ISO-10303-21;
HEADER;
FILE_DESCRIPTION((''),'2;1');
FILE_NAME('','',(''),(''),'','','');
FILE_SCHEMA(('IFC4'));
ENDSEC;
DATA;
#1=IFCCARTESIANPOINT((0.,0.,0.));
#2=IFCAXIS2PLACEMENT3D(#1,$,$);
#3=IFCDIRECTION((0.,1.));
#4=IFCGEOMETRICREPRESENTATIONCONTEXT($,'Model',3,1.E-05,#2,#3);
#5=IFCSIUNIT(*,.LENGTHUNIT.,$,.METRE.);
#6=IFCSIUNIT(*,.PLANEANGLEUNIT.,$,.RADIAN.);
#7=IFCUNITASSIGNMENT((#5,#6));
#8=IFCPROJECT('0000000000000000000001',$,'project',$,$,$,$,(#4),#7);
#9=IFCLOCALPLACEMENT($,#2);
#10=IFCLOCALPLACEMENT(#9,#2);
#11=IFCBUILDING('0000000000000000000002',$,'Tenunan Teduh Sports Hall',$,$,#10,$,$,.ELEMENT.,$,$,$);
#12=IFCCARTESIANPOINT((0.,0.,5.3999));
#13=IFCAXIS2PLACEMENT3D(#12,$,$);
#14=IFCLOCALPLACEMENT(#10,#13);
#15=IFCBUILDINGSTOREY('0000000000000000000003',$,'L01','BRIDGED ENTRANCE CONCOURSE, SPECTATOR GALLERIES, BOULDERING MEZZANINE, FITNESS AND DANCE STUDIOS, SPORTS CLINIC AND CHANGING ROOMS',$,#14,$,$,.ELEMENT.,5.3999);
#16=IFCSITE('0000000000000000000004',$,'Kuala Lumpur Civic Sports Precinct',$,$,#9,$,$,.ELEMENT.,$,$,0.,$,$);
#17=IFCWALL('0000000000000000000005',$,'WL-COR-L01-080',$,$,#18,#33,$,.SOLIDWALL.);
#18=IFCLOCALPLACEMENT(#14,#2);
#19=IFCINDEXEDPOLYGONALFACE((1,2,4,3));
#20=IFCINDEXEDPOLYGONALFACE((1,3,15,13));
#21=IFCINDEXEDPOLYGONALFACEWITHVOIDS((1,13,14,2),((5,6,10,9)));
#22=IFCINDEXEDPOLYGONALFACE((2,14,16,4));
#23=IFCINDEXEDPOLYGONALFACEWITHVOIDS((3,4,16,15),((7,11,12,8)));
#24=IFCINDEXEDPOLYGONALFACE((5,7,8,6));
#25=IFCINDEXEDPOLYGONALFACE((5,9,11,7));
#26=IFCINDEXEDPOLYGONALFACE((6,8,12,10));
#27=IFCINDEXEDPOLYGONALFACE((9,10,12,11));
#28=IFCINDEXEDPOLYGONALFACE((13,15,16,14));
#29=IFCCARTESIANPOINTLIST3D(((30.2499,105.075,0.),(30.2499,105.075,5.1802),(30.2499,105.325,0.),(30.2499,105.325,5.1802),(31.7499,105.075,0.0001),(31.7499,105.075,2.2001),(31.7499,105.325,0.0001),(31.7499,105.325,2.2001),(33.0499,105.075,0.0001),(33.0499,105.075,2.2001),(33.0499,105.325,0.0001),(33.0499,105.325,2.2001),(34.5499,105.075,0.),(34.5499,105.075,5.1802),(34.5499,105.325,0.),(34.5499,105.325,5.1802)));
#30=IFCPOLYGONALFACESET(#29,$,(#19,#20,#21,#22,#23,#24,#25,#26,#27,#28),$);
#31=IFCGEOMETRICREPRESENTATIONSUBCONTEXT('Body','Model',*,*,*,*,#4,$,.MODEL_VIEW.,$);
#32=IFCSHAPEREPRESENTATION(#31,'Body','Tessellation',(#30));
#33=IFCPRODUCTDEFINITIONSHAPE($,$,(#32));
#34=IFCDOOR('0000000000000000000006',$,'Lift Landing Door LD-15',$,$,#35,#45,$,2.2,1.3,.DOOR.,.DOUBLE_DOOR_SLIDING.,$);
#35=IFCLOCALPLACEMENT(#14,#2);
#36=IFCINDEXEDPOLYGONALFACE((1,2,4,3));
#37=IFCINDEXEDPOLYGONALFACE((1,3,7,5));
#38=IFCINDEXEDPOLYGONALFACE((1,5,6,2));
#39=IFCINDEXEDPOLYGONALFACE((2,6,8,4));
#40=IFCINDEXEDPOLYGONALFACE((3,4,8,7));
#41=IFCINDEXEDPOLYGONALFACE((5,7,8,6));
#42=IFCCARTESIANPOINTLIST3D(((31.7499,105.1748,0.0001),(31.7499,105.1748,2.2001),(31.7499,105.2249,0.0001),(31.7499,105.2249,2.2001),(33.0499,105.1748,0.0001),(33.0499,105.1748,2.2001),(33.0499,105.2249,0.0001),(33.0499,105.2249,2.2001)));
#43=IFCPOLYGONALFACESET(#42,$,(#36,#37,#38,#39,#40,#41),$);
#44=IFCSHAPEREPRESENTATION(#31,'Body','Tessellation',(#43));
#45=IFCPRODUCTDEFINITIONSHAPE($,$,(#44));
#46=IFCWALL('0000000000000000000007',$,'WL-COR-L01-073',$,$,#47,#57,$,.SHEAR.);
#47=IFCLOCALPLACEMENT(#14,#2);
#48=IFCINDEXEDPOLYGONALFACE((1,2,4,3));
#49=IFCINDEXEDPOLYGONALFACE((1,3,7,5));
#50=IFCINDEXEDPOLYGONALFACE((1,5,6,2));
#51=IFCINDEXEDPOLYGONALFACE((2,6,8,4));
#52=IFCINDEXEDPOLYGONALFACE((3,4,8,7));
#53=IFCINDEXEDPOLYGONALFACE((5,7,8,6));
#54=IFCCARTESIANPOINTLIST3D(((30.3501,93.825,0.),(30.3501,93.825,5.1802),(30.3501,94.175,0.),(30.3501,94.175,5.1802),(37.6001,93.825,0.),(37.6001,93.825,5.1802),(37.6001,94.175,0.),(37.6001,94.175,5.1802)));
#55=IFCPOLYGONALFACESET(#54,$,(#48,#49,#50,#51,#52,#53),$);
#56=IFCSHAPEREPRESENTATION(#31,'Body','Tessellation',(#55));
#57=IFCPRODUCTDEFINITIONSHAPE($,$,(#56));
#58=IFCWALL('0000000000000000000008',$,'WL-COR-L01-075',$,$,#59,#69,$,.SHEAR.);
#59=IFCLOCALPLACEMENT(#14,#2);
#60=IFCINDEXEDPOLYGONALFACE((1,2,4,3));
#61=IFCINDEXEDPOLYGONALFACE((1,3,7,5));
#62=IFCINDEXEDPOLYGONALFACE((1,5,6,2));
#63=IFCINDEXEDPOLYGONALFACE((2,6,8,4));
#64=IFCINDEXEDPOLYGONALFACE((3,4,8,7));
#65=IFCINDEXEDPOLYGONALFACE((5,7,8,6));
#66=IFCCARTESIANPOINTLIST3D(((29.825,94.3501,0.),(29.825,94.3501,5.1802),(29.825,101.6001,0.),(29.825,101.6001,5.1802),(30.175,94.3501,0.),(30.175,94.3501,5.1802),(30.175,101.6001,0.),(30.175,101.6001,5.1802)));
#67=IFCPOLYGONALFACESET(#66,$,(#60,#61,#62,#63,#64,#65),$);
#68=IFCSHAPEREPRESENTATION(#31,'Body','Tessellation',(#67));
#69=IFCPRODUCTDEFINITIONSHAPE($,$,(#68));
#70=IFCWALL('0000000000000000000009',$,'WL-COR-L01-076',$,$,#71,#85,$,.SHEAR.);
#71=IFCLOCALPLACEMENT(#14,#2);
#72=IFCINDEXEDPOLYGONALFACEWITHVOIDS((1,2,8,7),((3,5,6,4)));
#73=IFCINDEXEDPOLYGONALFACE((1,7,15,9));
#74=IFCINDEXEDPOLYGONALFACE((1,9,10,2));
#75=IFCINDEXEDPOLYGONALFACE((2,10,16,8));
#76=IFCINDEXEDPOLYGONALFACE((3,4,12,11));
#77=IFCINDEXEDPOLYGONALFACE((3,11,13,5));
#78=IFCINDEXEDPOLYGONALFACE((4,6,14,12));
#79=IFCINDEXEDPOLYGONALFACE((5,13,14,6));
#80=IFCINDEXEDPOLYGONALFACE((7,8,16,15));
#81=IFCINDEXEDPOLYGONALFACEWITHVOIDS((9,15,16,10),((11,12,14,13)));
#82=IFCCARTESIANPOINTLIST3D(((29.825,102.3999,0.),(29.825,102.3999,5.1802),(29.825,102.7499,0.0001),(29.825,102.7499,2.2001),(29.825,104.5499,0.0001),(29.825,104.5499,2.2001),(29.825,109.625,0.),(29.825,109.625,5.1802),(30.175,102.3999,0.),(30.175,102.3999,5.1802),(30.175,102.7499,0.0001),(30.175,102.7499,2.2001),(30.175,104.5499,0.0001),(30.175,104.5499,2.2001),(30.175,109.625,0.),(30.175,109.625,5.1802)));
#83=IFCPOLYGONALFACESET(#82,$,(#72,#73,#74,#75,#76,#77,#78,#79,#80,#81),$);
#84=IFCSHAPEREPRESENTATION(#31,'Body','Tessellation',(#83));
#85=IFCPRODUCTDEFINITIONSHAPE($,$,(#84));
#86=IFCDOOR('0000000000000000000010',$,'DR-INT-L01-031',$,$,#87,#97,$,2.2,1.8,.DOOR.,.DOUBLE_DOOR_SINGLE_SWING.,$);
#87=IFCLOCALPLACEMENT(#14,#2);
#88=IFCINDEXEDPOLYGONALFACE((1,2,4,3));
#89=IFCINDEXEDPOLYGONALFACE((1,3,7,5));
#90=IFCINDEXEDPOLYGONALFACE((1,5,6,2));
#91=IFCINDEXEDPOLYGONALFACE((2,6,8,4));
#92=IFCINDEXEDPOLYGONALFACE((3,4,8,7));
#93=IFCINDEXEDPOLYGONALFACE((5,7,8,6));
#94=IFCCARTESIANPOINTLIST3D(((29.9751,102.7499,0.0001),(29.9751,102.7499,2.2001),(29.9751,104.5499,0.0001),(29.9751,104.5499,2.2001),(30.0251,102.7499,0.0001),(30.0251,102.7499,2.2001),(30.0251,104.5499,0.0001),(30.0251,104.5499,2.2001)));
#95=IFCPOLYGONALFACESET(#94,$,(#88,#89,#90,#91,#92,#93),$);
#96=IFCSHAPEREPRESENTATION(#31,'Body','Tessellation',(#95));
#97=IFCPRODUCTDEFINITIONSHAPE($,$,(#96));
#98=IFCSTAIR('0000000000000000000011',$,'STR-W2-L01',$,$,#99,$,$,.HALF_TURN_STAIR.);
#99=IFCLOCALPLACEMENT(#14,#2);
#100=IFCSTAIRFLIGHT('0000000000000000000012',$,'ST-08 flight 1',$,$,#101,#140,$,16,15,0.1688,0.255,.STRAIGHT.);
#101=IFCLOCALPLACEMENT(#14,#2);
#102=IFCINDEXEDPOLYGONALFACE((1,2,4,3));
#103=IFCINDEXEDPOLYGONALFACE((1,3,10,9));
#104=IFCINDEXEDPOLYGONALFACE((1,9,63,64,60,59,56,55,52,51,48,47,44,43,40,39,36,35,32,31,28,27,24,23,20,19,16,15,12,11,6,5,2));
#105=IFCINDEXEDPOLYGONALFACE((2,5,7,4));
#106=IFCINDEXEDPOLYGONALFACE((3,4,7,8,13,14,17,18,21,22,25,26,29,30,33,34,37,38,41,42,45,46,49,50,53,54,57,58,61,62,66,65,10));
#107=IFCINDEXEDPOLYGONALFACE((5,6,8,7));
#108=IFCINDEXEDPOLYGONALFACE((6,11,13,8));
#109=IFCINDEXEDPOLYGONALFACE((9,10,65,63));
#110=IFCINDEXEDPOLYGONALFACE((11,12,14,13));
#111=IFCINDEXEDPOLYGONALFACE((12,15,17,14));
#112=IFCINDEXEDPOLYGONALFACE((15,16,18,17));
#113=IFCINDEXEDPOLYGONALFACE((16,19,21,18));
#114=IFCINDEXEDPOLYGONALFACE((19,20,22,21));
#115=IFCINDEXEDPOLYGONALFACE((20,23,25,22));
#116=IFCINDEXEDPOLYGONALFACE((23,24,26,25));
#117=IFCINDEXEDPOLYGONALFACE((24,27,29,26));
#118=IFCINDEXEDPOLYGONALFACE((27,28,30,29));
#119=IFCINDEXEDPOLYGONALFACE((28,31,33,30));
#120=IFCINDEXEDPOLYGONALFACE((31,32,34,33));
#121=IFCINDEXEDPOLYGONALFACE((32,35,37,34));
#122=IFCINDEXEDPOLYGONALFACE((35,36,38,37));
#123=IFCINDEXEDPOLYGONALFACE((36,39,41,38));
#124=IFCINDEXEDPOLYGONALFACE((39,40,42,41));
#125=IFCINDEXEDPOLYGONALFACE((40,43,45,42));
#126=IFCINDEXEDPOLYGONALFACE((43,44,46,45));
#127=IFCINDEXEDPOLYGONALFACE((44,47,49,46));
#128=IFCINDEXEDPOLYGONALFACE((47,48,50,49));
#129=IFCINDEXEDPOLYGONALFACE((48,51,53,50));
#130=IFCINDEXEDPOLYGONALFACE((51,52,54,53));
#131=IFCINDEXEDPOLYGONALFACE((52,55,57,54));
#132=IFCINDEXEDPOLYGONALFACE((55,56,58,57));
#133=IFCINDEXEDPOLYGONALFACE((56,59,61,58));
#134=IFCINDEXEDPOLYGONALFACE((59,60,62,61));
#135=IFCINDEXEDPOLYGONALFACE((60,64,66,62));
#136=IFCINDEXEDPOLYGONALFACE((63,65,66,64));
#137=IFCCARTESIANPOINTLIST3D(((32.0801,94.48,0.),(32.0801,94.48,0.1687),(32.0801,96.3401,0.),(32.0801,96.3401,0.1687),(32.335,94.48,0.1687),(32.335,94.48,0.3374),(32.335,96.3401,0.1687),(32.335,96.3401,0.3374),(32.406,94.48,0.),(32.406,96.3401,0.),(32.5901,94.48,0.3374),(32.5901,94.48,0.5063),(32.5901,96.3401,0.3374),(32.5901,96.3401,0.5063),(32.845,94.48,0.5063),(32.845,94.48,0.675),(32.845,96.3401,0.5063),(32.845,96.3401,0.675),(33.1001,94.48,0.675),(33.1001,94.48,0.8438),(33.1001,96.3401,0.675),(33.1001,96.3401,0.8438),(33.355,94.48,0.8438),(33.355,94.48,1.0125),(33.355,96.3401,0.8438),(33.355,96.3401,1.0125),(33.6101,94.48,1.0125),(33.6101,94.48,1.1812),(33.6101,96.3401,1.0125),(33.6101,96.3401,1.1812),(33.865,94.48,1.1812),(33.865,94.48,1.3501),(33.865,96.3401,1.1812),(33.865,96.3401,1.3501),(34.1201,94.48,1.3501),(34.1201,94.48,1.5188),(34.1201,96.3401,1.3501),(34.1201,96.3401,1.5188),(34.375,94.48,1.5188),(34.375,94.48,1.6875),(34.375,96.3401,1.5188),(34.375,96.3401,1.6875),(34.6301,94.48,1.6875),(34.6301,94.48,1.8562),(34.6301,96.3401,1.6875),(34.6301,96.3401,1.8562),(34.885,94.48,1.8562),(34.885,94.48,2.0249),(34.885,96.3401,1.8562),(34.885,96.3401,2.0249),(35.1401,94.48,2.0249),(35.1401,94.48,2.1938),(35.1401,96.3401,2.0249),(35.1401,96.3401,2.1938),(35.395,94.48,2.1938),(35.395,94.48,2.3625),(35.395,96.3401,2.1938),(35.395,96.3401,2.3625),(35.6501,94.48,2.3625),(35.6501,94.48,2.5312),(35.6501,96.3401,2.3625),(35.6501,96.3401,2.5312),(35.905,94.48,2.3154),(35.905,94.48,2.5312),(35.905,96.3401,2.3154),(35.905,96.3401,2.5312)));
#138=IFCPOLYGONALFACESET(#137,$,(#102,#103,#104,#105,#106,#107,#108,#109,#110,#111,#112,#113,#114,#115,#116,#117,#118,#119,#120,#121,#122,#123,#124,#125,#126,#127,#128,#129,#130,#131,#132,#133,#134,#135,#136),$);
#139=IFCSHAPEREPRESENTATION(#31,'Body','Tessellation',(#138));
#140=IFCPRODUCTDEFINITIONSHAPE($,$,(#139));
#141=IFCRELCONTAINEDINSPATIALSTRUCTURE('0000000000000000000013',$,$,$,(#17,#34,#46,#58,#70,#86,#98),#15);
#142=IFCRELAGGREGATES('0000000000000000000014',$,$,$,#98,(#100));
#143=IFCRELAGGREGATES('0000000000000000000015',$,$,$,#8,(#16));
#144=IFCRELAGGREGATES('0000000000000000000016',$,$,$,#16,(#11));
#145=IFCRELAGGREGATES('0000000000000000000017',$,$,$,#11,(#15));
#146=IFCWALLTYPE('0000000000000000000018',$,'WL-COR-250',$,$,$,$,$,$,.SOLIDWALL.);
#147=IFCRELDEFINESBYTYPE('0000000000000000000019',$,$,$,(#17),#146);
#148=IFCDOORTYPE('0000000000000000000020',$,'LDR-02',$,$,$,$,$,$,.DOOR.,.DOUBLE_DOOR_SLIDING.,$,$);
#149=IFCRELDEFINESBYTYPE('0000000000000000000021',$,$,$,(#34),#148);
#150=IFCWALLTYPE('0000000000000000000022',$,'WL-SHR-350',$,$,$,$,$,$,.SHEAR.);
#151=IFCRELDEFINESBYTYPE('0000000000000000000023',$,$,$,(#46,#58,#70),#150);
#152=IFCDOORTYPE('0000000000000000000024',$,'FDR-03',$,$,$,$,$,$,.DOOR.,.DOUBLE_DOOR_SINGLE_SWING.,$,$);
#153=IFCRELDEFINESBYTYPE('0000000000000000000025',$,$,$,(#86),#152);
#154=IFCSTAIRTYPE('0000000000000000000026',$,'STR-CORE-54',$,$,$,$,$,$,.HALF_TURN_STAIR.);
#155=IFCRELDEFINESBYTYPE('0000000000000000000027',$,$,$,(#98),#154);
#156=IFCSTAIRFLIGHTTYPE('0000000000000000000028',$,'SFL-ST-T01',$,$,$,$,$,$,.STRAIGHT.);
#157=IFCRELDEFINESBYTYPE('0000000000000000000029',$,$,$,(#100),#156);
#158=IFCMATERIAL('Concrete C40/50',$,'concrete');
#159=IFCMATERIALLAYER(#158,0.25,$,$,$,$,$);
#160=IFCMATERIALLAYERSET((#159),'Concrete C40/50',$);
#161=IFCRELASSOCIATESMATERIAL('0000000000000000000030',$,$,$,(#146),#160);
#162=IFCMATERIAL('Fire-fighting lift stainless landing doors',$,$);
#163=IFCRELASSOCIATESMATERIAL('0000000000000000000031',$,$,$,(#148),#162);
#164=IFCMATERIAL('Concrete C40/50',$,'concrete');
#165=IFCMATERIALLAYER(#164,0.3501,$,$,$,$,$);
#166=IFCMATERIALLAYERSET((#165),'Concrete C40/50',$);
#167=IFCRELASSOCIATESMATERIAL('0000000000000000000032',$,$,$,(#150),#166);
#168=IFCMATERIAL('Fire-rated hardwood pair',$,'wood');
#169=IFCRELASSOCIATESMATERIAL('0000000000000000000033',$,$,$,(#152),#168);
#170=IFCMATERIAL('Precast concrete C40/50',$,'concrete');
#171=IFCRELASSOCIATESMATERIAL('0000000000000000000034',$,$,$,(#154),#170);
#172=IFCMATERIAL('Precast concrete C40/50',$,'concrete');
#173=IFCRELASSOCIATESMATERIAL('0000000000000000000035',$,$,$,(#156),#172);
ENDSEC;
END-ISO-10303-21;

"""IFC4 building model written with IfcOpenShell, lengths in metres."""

from ifc_helpers import new_model, si_unit, direction, frame, frame_2d, origin, place, context, subcontext, project, spatial, polyline, rectangle, outline, extrude, material, layer, layer_set, type_object, element, fill, aggregate, save


model = new_model("IFC4")

# Units and contexts
model_context = context("Model", 3, precision=1e-05, world=origin(), true_north=direction((0.0, 1.0)))
body_context = subcontext(model_context, "Body", "Model", "MODEL_VIEW")
ifc_project = project(units=[si_unit("LENGTHUNIT", "METRE"), si_unit("PLANEANGLEUNIT", "RADIAN")], contexts=[model_context])

# Site, building, storey
site_placement = place(None, origin())
site = spatial("IfcSite", under=ifc_project, at=site_placement, Name="Kuala Lumpur Civic Sports Precinct", CompositionType="ELEMENT", RefElevation=0.0)
building_placement = place(site_placement, origin())
building = spatial("IfcBuilding", under=site, at=building_placement, Name="Tenunan Teduh Sports Hall", CompositionType="ELEMENT")
storey_placement = place(building_placement, frame((0.0, 0.0, 5.3999)))
storey = spatial("IfcBuildingStorey", under=building, at=storey_placement, Name="L01", Description="BRIDGED ENTRANCE CONCOURSE, SPECTATOR GALLERIES, BOULDERING MEZZANINE, FITNESS AND DANCE STUDIOS, SPORTS CLINIC AND CHANGING ROOMS", CompositionType="ELEMENT", Elevation=5.3999)

# Wall, opening, door
ifc_material_1 = material(Name="Concrete C40/50", Category="concrete")
ifc_layer_1 = layer(ifc_material_1, 0.25)
ifc_layer_set_1 = layer_set([ifc_layer_1], Name="Concrete C40/50")
wall_type_1 = type_object("IfcWallType", Name="WL-COR-250", PredefinedType="SOLIDWALL", material=ifc_layer_set_1)
wall_1_placement = place(storey_placement, frame((30.25, 105.2, 0.0), z_axis=(0.0, 0.0, 1.0), x_axis=(1.0, 0.0, 0.0)))
wall_1 = element("IfcWall", 1, at=wall_1_placement, inside=storey, type_object=wall_type_1, Name="WL-COR-L01-080", PredefinedType="SOLIDWALL", context=body_context, shape_type="SweptSolid", body=[
    extrude(rectangle(XDim=4.3, YDim=0.25, at=frame_2d((2.1499, 0.0))), origin(), (0.0, 0.0, 1.0), 5.1802),
])
opening_1_placement = place(wall_1_placement, frame((1.5, 0.0, 0.0)))
opening_1 = element("IfcOpeningElement", 2, at=opening_1_placement, cuts=wall_1, PredefinedType="OPENING", context=body_context, shape_type="SweptSolid", body=[
    extrude(rectangle(XDim=1.3, YDim=2.2, at=frame_2d((0.6499, 1.1001))), frame((0.0, 0.135, 0.0), z_axis=(0.0, -1.0, 0.0), x_axis=(1.0, 0.0, 0.0)), (0.0, 0.0, 1.0), 0.27),
])
ifc_material_2 = material(Name="Fire-fighting lift stainless landing doors")
door_type_1 = type_object("IfcDoorType", Name="LDR-02", OperationType="DOUBLE_DOOR_SLIDING", PredefinedType="DOOR", material=ifc_material_2)
door_1_placement = place(opening_1_placement, origin())
door_1 = element("IfcDoor", 3, at=door_1_placement, inside=storey, type_object=door_type_1, Name="Lift Landing Door LD-15", OperationType="DOUBLE_DOOR_SLIDING", OverallHeight=2.2, OverallWidth=1.3, PredefinedType="DOOR", context=body_context, shape_type="SweptSolid", body=[
    extrude(rectangle(XDim=1.3, YDim=2.2, at=frame_2d((0.6499, 1.1001))), frame((0.0, 0.0249, 0.0), z_axis=(0.0, -1.0, 0.0), x_axis=(1.0, 0.0, 0.0)), (0.0, 0.0, 1.0), 0.05),
])
fill(opening_1, door_1)

# Walls
ifc_material_3 = material(Name="Concrete C40/50", Category="concrete")
ifc_layer_2 = layer(ifc_material_3, 0.3501)
ifc_layer_set_2 = layer_set([ifc_layer_2], Name="Concrete C40/50")
wall_type_2 = type_object("IfcWallType", Name="WL-SHR-350", PredefinedType="SHEAR", material=ifc_layer_set_2)
for number, where, z_axis, x_axis, name in (
    (4, (30.3501, 94.0, 0.0), (0.0, 0.0, 1.0), (1.0, 0.0, 0.0), "WL-COR-L01-073"),
    (5, (30.0, 94.3501, 0.0), (0.0, 0.0, 1.0), (0.0, 1.0, 0.0), "WL-COR-L01-075"),
):
    element("IfcWall", number, at=place(storey_placement, frame(where, z_axis=z_axis, x_axis=x_axis)), inside=storey, type_object=wall_type_2, Name=name, PredefinedType="SHEAR", context=body_context, shape_type="SweptSolid", body=[
        extrude(rectangle(XDim=7.25, YDim=0.3501, at=frame_2d((3.625, 0.0))), origin(), (0.0, 0.0, 1.0), 5.1802),
    ])

# Wall, opening, door
wall_2_placement = place(storey_placement, frame((30.0, 102.3999, 0.0), z_axis=(0.0, 0.0, 1.0), x_axis=(0.0, 1.0, 0.0)))
wall_2 = element("IfcWall", 6, at=wall_2_placement, inside=storey, type_object=wall_type_2, Name="WL-COR-L01-076", PredefinedType="SHEAR", context=body_context, shape_type="SweptSolid", body=[
    extrude(rectangle(XDim=7.2251, YDim=0.3501, at=frame_2d((3.6125, 0.0))), origin(), (0.0, 0.0, 1.0), 5.1802),
])
opening_2_placement = place(wall_2_placement, frame((0.3501, 0.0, 0.0)))
opening_2 = element("IfcOpeningElement", 7, at=opening_2_placement, cuts=wall_2, PredefinedType="OPENING", context=body_context, shape_type="SweptSolid", body=[
    extrude(rectangle(XDim=1.8, YDim=2.2, at=frame_2d((0.8999, 1.1001))), frame((0.0, 0.1851, 0.0), z_axis=(0.0, -1.0, 0.0), x_axis=(1.0, 0.0, 0.0)), (0.0, 0.0, 1.0), 0.3701),
])
ifc_material_4 = material(Name="Fire-rated hardwood pair", Category="wood")
door_type_2 = type_object("IfcDoorType", Name="FDR-03", OperationType="DOUBLE_DOOR_SINGLE_SWING", PredefinedType="DOOR", material=ifc_material_4)
door_2_placement = place(opening_2_placement, origin())
door_2 = element("IfcDoor", 8, at=door_2_placement, inside=storey, type_object=door_type_2, Name="DR-INT-L01-031", OperationType="DOUBLE_DOOR_SINGLE_SWING", OverallHeight=2.2, OverallWidth=1.8, PredefinedType="DOOR", context=body_context, shape_type="SweptSolid", body=[
    extrude(rectangle(XDim=1.8, YDim=2.2, at=frame_2d((0.8999, 1.1001))), frame((0.0, 0.0249, 0.0), z_axis=(0.0, -1.0, 0.0), x_axis=(1.0, 0.0, 0.0)), (0.0, 0.0, 1.0), 0.05),
])
fill(opening_2, door_2)

# Stair, stair flight
ifc_material_5 = material(Name="Precast concrete C40/50", Category="concrete")
stair_type = type_object("IfcStairType", Name="STR-CORE-54", PredefinedType="HALF_TURN_STAIR", material=ifc_material_5)
stair_placement = place(storey_placement, origin())
stair = element("IfcStair", 9, at=stair_placement, inside=storey, type_object=stair_type, Name="STR-W2-L01", PredefinedType="HALF_TURN_STAIR")
ifc_material_6 = material(Name="Precast concrete C40/50", Category="concrete")
stair_flight_type = type_object("IfcStairFlightType", Name="SFL-ST-T01", PredefinedType="STRAIGHT", material=ifc_material_6)
stair_flight_placement = place(storey_placement, frame((32.0801, 95.4099, 0.0), z_axis=(0.0, 0.0, 1.0), x_axis=(1.0, 0.0, 0.0)))
stair_flight = element("IfcStairFlight", 10, at=stair_flight_placement, type_object=stair_flight_type, Name="ST-08 flight 1", NumberOfRisers=16, NumberOfTreads=15, PredefinedType="STRAIGHT", RiserHeight=0.1688, TreadLength=0.255, context=body_context, shape_type="SweptSolid", body=[
    extrude(outline(polyline([(0.0, 0.0), (0.0, 0.1687), (0.2549, 0.1687), (0.2549, 0.3374), (0.51, 0.3374), (0.51, 0.5063), (0.7649, 0.5063), (0.7649, 0.675), (1.02, 0.675), (1.02, 0.8438), (1.2749, 0.8438), (1.2749, 1.0125), (1.53, 1.0125), (1.53, 1.1812), (1.7849, 1.1812), (1.7849, 1.3501), (2.04, 1.3501), (2.04, 1.5188), (2.2949, 1.5188), (2.2949, 1.6875), (2.55, 1.6875), (2.55, 1.8562), (2.8049, 1.8562), (2.8049, 2.0249), (3.0601, 2.0249), (3.0601, 2.1938), (3.3149, 2.1938), (3.3149, 2.3625), (3.5701, 2.3625), (3.5701, 2.5312), (3.825, 2.5312), (3.825, 2.7), (3.825, 2.3154), (0.3259, 0.0), (0.0, 0.0)])), frame((0.0, 0.9302, 0.0), z_axis=(0.0, -1.0, 0.0), x_axis=(1.0, 0.0, 0.0)), (0.0, 0.0, 1.0), 1.8601),
])
aggregate(stair, [stair_flight])

save(model, "model.ifc")
